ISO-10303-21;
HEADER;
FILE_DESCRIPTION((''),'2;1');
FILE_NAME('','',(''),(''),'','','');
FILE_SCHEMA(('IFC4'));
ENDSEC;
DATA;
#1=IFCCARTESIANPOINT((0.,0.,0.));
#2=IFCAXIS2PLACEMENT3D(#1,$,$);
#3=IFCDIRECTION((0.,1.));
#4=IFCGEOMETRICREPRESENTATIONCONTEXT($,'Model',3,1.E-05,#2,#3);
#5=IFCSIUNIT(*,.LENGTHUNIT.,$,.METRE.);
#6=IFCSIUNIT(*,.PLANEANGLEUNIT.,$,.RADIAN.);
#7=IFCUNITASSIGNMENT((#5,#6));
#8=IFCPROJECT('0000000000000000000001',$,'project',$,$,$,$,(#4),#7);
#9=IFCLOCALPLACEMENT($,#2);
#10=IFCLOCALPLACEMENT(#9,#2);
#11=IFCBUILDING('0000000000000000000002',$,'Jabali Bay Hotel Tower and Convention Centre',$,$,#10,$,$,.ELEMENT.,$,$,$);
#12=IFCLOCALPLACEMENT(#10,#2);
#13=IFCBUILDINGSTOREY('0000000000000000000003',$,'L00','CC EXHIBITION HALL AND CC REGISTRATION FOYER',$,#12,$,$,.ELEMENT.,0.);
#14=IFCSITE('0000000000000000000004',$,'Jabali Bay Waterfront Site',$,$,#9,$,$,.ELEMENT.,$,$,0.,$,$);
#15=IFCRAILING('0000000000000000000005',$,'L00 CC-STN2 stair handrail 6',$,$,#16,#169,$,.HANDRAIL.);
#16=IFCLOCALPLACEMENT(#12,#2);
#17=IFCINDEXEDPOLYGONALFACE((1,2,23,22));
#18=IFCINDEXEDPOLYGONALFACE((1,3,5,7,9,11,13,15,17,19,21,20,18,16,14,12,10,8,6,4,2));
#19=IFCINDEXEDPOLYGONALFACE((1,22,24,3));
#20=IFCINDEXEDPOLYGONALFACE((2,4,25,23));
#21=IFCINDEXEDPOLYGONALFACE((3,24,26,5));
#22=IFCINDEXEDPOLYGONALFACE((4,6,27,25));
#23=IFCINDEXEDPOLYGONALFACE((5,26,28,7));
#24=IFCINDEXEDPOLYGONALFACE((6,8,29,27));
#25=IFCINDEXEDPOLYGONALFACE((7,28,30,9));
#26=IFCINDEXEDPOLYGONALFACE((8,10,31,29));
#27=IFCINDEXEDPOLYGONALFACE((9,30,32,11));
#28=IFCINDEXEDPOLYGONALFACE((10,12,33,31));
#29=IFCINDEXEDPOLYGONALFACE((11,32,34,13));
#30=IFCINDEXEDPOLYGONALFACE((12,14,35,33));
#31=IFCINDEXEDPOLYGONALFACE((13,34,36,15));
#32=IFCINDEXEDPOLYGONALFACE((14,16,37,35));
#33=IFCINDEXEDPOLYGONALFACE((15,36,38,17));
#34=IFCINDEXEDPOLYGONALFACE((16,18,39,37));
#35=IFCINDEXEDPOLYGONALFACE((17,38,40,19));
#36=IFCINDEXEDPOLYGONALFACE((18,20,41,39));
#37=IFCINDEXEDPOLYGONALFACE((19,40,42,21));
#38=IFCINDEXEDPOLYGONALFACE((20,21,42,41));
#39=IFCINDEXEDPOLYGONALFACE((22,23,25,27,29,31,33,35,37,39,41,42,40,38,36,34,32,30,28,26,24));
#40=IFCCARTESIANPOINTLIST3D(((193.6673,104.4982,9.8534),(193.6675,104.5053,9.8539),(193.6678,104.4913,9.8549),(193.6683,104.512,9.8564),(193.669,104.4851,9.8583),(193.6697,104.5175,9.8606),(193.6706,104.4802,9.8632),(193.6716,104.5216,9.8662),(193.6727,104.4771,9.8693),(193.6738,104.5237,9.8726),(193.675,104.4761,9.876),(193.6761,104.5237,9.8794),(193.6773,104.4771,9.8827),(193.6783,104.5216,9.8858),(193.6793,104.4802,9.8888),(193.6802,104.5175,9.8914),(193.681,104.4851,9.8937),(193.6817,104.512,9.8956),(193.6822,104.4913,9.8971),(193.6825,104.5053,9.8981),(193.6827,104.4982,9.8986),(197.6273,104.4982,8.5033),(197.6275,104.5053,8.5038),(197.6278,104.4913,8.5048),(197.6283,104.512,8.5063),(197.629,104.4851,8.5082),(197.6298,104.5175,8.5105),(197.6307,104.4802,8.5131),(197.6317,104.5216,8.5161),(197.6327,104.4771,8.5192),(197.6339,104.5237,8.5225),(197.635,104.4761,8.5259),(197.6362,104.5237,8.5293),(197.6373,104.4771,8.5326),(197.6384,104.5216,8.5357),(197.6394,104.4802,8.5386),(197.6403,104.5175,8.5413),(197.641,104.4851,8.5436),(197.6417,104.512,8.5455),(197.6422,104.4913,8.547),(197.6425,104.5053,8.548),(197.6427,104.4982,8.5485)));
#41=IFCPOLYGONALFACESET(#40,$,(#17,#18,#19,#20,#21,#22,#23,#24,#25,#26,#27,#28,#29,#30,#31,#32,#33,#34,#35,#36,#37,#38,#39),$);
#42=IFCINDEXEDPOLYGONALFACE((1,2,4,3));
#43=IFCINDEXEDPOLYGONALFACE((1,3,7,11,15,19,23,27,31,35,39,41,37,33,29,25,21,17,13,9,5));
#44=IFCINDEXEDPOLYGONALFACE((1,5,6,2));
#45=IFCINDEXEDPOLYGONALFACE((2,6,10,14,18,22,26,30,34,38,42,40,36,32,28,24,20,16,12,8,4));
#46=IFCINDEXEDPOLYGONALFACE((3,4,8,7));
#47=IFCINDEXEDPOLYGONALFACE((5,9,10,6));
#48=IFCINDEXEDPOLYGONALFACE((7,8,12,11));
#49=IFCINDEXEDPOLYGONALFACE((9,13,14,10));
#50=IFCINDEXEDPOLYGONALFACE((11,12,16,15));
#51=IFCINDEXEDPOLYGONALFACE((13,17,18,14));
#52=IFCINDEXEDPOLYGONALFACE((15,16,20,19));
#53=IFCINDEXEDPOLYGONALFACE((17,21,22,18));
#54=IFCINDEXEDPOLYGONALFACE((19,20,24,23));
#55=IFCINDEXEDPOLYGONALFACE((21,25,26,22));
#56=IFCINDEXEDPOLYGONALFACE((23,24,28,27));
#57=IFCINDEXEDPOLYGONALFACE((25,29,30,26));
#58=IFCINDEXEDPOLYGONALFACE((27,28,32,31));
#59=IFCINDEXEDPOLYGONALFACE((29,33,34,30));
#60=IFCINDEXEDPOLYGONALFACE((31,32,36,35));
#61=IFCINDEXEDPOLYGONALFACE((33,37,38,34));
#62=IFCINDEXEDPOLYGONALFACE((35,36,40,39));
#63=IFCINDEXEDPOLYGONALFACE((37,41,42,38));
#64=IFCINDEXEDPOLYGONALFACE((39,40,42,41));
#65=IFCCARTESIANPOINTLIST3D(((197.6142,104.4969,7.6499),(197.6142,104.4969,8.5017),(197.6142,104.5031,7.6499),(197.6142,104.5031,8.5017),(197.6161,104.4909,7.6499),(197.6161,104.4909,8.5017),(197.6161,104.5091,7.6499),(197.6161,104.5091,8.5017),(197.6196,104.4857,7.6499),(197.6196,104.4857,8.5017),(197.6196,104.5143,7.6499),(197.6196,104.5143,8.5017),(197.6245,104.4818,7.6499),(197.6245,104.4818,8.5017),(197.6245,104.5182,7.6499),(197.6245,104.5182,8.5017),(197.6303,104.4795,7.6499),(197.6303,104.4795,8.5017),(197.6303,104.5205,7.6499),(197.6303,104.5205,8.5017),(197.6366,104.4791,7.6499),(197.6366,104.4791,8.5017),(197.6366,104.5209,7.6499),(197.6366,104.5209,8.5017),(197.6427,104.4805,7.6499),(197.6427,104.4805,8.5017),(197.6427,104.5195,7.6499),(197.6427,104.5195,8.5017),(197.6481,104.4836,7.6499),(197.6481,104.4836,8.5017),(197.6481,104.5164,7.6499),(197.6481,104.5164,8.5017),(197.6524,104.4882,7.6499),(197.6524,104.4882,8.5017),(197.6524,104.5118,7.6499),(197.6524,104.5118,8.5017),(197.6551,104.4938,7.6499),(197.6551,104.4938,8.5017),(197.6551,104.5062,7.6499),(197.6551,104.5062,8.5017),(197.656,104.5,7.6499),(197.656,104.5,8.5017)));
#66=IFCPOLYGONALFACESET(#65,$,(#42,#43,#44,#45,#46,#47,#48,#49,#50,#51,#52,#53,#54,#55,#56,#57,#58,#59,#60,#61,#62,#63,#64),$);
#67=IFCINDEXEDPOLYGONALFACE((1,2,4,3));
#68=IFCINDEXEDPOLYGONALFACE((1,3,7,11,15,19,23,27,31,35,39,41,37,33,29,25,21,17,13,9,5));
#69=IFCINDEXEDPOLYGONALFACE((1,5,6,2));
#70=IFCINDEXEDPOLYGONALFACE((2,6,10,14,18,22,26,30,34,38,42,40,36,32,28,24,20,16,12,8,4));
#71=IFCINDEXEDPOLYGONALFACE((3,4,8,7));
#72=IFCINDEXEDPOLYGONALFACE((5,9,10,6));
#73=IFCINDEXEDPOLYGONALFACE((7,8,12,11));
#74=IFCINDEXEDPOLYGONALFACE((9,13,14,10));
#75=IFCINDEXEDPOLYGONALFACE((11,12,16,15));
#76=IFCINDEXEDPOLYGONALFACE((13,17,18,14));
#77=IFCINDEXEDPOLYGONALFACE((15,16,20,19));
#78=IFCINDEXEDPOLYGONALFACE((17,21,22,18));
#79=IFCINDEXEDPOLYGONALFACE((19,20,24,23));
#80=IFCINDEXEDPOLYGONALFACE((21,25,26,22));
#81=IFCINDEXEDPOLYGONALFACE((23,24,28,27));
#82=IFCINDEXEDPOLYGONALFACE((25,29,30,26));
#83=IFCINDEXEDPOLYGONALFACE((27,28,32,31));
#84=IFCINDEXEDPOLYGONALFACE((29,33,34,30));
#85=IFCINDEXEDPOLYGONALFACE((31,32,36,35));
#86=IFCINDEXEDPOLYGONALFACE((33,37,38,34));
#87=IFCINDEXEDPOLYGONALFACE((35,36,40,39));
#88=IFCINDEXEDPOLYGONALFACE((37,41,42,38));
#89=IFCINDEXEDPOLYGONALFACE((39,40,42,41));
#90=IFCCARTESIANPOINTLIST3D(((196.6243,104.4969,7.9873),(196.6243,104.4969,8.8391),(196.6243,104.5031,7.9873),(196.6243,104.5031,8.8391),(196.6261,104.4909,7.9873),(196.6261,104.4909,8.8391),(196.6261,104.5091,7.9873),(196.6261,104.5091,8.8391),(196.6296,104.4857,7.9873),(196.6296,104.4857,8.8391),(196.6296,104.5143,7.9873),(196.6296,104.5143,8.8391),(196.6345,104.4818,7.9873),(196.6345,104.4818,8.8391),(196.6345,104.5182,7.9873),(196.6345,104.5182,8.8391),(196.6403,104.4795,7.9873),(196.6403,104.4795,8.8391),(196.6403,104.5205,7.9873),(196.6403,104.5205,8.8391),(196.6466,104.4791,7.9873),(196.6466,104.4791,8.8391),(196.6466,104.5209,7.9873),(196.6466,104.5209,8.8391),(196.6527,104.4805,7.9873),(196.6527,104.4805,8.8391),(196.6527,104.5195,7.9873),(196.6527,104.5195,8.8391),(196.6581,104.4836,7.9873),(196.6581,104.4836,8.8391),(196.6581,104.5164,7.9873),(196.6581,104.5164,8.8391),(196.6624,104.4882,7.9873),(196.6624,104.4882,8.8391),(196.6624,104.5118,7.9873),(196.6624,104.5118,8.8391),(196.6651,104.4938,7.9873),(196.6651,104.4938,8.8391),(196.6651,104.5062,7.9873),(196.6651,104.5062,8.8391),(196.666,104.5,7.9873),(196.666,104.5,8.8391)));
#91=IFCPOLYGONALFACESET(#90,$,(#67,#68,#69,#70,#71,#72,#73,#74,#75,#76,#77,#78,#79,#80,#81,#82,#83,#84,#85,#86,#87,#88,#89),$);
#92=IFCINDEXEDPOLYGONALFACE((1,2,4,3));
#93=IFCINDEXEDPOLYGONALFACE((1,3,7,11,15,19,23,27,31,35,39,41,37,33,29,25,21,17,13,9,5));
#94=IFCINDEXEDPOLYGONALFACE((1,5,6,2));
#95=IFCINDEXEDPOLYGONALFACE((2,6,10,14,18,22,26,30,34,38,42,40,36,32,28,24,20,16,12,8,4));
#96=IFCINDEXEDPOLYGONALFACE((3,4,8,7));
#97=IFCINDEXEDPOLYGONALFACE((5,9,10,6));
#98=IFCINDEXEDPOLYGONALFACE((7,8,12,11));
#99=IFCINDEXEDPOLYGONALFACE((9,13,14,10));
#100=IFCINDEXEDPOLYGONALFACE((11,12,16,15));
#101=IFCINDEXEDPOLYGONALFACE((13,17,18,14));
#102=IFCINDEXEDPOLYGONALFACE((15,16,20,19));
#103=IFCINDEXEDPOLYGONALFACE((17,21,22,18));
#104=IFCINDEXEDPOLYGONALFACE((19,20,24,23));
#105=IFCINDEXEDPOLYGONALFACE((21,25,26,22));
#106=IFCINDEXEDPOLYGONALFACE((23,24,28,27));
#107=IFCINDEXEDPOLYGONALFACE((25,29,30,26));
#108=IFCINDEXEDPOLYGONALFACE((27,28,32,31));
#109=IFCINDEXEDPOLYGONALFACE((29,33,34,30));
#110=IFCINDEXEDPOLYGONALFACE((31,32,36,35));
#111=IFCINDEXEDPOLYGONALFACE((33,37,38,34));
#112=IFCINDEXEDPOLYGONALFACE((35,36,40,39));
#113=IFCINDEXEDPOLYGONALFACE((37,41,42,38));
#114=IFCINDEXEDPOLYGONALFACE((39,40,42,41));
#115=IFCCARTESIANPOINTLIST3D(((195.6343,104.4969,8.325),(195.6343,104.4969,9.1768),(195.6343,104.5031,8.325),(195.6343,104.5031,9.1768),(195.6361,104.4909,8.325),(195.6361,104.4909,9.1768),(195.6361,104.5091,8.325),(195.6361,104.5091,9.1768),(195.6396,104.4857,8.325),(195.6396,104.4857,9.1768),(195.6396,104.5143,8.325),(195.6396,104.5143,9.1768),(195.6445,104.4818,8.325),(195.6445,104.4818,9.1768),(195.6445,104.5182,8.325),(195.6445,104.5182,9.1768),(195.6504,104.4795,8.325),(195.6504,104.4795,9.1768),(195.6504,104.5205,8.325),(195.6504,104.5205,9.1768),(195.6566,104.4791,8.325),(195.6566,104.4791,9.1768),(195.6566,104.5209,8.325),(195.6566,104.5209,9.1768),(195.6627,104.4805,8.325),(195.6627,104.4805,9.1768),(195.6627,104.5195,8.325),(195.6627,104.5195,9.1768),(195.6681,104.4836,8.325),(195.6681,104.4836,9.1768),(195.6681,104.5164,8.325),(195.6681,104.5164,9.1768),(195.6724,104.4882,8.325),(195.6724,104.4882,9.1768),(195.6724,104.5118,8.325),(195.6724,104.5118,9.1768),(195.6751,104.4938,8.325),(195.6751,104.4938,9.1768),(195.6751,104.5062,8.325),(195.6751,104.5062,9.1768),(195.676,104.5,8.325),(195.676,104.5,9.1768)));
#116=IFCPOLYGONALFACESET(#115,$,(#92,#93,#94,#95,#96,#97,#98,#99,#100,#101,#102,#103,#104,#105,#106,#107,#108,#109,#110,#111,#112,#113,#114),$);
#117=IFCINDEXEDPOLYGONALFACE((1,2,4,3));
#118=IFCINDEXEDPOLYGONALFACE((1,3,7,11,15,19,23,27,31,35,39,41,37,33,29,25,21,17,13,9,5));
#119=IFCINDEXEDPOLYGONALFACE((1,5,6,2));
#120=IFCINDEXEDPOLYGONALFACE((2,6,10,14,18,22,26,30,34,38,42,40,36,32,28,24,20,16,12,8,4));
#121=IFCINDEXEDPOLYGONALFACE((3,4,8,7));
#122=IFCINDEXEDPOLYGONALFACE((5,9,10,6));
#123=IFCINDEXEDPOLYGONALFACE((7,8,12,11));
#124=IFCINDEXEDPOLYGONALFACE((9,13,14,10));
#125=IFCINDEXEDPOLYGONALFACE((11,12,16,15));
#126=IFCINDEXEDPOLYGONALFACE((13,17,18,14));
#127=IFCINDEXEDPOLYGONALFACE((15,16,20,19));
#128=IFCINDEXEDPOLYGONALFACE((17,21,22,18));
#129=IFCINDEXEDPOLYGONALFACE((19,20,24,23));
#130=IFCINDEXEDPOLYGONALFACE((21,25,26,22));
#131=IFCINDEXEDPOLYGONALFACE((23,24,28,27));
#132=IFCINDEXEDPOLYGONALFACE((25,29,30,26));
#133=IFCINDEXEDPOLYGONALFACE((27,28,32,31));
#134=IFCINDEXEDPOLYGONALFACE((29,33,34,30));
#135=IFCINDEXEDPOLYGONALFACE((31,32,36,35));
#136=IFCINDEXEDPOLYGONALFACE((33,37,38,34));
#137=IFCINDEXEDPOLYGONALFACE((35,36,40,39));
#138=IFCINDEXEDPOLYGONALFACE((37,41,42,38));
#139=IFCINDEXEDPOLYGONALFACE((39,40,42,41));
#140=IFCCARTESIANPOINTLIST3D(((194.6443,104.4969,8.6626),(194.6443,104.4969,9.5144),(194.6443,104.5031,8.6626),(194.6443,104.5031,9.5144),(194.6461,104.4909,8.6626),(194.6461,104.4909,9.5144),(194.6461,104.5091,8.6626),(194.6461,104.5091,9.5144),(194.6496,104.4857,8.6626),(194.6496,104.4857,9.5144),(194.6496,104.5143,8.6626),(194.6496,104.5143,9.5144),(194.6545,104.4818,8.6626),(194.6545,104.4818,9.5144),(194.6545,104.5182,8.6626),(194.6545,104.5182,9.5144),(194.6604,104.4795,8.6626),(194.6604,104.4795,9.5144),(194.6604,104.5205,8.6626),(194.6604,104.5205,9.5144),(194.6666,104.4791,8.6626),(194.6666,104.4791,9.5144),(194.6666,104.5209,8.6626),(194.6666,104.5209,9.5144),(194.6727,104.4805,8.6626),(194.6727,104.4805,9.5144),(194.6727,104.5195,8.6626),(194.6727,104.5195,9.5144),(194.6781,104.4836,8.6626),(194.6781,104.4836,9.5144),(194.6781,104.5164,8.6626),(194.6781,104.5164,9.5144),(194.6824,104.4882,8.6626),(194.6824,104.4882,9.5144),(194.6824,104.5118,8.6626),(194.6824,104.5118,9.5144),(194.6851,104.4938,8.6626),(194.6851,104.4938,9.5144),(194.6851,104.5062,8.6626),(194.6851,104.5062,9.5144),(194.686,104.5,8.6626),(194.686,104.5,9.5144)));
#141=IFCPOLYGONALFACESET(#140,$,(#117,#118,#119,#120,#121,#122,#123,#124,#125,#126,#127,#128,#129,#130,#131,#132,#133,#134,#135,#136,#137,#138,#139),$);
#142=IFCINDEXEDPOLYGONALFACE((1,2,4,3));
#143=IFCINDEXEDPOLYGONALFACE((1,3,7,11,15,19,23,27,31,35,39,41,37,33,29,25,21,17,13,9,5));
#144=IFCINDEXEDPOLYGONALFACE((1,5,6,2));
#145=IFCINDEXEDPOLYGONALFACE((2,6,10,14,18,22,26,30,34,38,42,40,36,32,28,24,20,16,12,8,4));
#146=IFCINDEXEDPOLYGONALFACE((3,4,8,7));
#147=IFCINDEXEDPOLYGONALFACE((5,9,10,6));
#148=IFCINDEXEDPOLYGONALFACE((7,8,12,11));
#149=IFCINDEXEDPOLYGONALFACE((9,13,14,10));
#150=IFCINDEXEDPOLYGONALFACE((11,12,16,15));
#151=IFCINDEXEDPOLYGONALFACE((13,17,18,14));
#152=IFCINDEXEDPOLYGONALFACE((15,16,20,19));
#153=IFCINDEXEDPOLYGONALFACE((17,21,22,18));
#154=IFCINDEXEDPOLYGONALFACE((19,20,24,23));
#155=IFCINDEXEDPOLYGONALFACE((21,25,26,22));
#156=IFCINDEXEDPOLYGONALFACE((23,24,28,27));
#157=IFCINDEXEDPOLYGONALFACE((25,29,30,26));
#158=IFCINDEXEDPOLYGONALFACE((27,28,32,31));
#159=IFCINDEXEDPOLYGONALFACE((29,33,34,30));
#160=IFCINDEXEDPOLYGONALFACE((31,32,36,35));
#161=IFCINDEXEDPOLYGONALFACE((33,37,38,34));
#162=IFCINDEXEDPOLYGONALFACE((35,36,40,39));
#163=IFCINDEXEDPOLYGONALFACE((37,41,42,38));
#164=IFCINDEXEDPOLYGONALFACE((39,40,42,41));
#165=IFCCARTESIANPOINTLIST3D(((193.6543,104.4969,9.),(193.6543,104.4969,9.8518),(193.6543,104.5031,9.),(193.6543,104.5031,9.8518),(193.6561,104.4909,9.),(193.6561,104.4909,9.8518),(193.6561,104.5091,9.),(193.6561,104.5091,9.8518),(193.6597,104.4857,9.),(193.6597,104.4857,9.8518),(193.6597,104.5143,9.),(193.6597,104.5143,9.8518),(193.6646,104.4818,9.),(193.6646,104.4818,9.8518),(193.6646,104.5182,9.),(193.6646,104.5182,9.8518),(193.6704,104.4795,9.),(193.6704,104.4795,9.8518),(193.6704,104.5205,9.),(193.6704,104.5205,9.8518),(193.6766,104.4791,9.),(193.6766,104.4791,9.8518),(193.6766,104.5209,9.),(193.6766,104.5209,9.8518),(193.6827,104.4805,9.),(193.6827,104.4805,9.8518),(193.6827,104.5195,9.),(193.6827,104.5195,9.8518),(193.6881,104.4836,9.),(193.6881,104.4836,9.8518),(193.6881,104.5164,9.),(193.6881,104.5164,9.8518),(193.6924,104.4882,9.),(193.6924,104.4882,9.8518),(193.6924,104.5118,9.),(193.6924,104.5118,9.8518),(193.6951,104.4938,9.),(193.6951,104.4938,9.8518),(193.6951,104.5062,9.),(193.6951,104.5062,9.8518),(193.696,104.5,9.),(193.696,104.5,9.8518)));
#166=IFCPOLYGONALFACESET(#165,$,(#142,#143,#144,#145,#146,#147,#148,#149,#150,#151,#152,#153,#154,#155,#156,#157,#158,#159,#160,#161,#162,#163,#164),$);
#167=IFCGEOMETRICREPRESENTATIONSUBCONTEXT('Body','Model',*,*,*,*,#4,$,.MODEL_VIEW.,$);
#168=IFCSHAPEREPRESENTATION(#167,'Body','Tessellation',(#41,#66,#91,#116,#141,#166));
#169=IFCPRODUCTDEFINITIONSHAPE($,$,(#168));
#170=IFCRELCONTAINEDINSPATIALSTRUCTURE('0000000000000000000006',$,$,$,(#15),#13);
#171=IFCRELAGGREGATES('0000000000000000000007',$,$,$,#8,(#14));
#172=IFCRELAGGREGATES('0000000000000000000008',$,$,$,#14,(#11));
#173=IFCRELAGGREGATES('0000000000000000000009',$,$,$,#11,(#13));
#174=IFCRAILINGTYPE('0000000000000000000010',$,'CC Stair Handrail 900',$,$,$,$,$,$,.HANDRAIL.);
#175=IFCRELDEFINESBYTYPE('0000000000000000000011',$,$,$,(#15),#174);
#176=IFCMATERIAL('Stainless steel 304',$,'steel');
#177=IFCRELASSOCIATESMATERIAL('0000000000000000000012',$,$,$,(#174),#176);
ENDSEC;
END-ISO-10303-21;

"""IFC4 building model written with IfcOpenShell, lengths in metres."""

from ifc_helpers import new_model, si_unit, direction, frame, origin, origin_2d, place, context, subcontext, project, spatial, circle, extrude, material, type_object, element, save


model = new_model("IFC4")

# Units and contexts
model_context = context("Model", 3, precision=1e-05, world=origin(), true_north=direction((0.0, 1.0)))
body_context = subcontext(model_context, "Body", "Model", "MODEL_VIEW")
ifc_project = project(units=[si_unit("LENGTHUNIT", "METRE"), si_unit("PLANEANGLEUNIT", "RADIAN")], contexts=[model_context])

# Site, building, storey
site_placement = place(None, origin())
site = spatial("IfcSite", under=ifc_project, at=site_placement, Name="Jabali Bay Waterfront Site", CompositionType="ELEMENT", RefElevation=0.0)
building_placement = place(site_placement, origin())
building = spatial("IfcBuilding", under=site, at=building_placement, Name="Jabali Bay Hotel Tower and Convention Centre", CompositionType="ELEMENT")
storey_placement = place(building_placement, origin())
storey = spatial("IfcBuildingStorey", under=building, at=storey_placement, Name="L00", Description="CC EXHIBITION HALL AND CC REGISTRATION FOYER", CompositionType="ELEMENT", Elevation=0.0)

# Railing
ifc_material_1 = material(Name="Stainless steel 304", Category="steel")
railing_type_1 = type_object("IfcRailingType", Name="CC Stair Handrail 900", PredefinedType="HANDRAIL", material=ifc_material_1)
for number, where, name in (
    (1, (197.635, 104.5, 7.6499), "L00 CC-STN2 stair handrail 6"),
):
    element("IfcRailing", number, at=place(storey_placement, frame(where)), inside=storey, type_object=railing_type_1, Name=name, PredefinedType="HANDRAIL", context=body_context, shape_type="SweptSolid", body=[
        extrude(circle(Radius=0.0239, at=origin_2d()), frame((0.0, 0.0, 0.876), z_axis=(-0.946502, 0.0, 0.322698), x_axis=(0.0, -1.0, 0.0)), (0.0, 0.0, 1.0), 4.1838),
        extrude(circle(Radius=0.021, at=origin_2d()), origin(), (0.0, 0.0, 1.0), 0.8518),
        extrude(circle(Radius=0.021, at=origin_2d()), frame((-0.99, 0.0, 0.3374)), (0.0, 0.0, 1.0), 0.8518),
        extrude(circle(Radius=0.021, at=origin_2d()), frame((-1.98, 0.0, 0.675)), (0.0, 0.0, 1.0), 0.8518),
        extrude(circle(Radius=0.021, at=origin_2d()), frame((-2.97, 0.0, 1.0127)), (0.0, 0.0, 1.0), 0.8518),
        extrude(circle(Radius=0.021, at=origin_2d()), frame((-3.96, 0.0, 1.3501)), (0.0, 0.0, 1.0), 0.8518),
    ])

save(model, "model.ifc")
